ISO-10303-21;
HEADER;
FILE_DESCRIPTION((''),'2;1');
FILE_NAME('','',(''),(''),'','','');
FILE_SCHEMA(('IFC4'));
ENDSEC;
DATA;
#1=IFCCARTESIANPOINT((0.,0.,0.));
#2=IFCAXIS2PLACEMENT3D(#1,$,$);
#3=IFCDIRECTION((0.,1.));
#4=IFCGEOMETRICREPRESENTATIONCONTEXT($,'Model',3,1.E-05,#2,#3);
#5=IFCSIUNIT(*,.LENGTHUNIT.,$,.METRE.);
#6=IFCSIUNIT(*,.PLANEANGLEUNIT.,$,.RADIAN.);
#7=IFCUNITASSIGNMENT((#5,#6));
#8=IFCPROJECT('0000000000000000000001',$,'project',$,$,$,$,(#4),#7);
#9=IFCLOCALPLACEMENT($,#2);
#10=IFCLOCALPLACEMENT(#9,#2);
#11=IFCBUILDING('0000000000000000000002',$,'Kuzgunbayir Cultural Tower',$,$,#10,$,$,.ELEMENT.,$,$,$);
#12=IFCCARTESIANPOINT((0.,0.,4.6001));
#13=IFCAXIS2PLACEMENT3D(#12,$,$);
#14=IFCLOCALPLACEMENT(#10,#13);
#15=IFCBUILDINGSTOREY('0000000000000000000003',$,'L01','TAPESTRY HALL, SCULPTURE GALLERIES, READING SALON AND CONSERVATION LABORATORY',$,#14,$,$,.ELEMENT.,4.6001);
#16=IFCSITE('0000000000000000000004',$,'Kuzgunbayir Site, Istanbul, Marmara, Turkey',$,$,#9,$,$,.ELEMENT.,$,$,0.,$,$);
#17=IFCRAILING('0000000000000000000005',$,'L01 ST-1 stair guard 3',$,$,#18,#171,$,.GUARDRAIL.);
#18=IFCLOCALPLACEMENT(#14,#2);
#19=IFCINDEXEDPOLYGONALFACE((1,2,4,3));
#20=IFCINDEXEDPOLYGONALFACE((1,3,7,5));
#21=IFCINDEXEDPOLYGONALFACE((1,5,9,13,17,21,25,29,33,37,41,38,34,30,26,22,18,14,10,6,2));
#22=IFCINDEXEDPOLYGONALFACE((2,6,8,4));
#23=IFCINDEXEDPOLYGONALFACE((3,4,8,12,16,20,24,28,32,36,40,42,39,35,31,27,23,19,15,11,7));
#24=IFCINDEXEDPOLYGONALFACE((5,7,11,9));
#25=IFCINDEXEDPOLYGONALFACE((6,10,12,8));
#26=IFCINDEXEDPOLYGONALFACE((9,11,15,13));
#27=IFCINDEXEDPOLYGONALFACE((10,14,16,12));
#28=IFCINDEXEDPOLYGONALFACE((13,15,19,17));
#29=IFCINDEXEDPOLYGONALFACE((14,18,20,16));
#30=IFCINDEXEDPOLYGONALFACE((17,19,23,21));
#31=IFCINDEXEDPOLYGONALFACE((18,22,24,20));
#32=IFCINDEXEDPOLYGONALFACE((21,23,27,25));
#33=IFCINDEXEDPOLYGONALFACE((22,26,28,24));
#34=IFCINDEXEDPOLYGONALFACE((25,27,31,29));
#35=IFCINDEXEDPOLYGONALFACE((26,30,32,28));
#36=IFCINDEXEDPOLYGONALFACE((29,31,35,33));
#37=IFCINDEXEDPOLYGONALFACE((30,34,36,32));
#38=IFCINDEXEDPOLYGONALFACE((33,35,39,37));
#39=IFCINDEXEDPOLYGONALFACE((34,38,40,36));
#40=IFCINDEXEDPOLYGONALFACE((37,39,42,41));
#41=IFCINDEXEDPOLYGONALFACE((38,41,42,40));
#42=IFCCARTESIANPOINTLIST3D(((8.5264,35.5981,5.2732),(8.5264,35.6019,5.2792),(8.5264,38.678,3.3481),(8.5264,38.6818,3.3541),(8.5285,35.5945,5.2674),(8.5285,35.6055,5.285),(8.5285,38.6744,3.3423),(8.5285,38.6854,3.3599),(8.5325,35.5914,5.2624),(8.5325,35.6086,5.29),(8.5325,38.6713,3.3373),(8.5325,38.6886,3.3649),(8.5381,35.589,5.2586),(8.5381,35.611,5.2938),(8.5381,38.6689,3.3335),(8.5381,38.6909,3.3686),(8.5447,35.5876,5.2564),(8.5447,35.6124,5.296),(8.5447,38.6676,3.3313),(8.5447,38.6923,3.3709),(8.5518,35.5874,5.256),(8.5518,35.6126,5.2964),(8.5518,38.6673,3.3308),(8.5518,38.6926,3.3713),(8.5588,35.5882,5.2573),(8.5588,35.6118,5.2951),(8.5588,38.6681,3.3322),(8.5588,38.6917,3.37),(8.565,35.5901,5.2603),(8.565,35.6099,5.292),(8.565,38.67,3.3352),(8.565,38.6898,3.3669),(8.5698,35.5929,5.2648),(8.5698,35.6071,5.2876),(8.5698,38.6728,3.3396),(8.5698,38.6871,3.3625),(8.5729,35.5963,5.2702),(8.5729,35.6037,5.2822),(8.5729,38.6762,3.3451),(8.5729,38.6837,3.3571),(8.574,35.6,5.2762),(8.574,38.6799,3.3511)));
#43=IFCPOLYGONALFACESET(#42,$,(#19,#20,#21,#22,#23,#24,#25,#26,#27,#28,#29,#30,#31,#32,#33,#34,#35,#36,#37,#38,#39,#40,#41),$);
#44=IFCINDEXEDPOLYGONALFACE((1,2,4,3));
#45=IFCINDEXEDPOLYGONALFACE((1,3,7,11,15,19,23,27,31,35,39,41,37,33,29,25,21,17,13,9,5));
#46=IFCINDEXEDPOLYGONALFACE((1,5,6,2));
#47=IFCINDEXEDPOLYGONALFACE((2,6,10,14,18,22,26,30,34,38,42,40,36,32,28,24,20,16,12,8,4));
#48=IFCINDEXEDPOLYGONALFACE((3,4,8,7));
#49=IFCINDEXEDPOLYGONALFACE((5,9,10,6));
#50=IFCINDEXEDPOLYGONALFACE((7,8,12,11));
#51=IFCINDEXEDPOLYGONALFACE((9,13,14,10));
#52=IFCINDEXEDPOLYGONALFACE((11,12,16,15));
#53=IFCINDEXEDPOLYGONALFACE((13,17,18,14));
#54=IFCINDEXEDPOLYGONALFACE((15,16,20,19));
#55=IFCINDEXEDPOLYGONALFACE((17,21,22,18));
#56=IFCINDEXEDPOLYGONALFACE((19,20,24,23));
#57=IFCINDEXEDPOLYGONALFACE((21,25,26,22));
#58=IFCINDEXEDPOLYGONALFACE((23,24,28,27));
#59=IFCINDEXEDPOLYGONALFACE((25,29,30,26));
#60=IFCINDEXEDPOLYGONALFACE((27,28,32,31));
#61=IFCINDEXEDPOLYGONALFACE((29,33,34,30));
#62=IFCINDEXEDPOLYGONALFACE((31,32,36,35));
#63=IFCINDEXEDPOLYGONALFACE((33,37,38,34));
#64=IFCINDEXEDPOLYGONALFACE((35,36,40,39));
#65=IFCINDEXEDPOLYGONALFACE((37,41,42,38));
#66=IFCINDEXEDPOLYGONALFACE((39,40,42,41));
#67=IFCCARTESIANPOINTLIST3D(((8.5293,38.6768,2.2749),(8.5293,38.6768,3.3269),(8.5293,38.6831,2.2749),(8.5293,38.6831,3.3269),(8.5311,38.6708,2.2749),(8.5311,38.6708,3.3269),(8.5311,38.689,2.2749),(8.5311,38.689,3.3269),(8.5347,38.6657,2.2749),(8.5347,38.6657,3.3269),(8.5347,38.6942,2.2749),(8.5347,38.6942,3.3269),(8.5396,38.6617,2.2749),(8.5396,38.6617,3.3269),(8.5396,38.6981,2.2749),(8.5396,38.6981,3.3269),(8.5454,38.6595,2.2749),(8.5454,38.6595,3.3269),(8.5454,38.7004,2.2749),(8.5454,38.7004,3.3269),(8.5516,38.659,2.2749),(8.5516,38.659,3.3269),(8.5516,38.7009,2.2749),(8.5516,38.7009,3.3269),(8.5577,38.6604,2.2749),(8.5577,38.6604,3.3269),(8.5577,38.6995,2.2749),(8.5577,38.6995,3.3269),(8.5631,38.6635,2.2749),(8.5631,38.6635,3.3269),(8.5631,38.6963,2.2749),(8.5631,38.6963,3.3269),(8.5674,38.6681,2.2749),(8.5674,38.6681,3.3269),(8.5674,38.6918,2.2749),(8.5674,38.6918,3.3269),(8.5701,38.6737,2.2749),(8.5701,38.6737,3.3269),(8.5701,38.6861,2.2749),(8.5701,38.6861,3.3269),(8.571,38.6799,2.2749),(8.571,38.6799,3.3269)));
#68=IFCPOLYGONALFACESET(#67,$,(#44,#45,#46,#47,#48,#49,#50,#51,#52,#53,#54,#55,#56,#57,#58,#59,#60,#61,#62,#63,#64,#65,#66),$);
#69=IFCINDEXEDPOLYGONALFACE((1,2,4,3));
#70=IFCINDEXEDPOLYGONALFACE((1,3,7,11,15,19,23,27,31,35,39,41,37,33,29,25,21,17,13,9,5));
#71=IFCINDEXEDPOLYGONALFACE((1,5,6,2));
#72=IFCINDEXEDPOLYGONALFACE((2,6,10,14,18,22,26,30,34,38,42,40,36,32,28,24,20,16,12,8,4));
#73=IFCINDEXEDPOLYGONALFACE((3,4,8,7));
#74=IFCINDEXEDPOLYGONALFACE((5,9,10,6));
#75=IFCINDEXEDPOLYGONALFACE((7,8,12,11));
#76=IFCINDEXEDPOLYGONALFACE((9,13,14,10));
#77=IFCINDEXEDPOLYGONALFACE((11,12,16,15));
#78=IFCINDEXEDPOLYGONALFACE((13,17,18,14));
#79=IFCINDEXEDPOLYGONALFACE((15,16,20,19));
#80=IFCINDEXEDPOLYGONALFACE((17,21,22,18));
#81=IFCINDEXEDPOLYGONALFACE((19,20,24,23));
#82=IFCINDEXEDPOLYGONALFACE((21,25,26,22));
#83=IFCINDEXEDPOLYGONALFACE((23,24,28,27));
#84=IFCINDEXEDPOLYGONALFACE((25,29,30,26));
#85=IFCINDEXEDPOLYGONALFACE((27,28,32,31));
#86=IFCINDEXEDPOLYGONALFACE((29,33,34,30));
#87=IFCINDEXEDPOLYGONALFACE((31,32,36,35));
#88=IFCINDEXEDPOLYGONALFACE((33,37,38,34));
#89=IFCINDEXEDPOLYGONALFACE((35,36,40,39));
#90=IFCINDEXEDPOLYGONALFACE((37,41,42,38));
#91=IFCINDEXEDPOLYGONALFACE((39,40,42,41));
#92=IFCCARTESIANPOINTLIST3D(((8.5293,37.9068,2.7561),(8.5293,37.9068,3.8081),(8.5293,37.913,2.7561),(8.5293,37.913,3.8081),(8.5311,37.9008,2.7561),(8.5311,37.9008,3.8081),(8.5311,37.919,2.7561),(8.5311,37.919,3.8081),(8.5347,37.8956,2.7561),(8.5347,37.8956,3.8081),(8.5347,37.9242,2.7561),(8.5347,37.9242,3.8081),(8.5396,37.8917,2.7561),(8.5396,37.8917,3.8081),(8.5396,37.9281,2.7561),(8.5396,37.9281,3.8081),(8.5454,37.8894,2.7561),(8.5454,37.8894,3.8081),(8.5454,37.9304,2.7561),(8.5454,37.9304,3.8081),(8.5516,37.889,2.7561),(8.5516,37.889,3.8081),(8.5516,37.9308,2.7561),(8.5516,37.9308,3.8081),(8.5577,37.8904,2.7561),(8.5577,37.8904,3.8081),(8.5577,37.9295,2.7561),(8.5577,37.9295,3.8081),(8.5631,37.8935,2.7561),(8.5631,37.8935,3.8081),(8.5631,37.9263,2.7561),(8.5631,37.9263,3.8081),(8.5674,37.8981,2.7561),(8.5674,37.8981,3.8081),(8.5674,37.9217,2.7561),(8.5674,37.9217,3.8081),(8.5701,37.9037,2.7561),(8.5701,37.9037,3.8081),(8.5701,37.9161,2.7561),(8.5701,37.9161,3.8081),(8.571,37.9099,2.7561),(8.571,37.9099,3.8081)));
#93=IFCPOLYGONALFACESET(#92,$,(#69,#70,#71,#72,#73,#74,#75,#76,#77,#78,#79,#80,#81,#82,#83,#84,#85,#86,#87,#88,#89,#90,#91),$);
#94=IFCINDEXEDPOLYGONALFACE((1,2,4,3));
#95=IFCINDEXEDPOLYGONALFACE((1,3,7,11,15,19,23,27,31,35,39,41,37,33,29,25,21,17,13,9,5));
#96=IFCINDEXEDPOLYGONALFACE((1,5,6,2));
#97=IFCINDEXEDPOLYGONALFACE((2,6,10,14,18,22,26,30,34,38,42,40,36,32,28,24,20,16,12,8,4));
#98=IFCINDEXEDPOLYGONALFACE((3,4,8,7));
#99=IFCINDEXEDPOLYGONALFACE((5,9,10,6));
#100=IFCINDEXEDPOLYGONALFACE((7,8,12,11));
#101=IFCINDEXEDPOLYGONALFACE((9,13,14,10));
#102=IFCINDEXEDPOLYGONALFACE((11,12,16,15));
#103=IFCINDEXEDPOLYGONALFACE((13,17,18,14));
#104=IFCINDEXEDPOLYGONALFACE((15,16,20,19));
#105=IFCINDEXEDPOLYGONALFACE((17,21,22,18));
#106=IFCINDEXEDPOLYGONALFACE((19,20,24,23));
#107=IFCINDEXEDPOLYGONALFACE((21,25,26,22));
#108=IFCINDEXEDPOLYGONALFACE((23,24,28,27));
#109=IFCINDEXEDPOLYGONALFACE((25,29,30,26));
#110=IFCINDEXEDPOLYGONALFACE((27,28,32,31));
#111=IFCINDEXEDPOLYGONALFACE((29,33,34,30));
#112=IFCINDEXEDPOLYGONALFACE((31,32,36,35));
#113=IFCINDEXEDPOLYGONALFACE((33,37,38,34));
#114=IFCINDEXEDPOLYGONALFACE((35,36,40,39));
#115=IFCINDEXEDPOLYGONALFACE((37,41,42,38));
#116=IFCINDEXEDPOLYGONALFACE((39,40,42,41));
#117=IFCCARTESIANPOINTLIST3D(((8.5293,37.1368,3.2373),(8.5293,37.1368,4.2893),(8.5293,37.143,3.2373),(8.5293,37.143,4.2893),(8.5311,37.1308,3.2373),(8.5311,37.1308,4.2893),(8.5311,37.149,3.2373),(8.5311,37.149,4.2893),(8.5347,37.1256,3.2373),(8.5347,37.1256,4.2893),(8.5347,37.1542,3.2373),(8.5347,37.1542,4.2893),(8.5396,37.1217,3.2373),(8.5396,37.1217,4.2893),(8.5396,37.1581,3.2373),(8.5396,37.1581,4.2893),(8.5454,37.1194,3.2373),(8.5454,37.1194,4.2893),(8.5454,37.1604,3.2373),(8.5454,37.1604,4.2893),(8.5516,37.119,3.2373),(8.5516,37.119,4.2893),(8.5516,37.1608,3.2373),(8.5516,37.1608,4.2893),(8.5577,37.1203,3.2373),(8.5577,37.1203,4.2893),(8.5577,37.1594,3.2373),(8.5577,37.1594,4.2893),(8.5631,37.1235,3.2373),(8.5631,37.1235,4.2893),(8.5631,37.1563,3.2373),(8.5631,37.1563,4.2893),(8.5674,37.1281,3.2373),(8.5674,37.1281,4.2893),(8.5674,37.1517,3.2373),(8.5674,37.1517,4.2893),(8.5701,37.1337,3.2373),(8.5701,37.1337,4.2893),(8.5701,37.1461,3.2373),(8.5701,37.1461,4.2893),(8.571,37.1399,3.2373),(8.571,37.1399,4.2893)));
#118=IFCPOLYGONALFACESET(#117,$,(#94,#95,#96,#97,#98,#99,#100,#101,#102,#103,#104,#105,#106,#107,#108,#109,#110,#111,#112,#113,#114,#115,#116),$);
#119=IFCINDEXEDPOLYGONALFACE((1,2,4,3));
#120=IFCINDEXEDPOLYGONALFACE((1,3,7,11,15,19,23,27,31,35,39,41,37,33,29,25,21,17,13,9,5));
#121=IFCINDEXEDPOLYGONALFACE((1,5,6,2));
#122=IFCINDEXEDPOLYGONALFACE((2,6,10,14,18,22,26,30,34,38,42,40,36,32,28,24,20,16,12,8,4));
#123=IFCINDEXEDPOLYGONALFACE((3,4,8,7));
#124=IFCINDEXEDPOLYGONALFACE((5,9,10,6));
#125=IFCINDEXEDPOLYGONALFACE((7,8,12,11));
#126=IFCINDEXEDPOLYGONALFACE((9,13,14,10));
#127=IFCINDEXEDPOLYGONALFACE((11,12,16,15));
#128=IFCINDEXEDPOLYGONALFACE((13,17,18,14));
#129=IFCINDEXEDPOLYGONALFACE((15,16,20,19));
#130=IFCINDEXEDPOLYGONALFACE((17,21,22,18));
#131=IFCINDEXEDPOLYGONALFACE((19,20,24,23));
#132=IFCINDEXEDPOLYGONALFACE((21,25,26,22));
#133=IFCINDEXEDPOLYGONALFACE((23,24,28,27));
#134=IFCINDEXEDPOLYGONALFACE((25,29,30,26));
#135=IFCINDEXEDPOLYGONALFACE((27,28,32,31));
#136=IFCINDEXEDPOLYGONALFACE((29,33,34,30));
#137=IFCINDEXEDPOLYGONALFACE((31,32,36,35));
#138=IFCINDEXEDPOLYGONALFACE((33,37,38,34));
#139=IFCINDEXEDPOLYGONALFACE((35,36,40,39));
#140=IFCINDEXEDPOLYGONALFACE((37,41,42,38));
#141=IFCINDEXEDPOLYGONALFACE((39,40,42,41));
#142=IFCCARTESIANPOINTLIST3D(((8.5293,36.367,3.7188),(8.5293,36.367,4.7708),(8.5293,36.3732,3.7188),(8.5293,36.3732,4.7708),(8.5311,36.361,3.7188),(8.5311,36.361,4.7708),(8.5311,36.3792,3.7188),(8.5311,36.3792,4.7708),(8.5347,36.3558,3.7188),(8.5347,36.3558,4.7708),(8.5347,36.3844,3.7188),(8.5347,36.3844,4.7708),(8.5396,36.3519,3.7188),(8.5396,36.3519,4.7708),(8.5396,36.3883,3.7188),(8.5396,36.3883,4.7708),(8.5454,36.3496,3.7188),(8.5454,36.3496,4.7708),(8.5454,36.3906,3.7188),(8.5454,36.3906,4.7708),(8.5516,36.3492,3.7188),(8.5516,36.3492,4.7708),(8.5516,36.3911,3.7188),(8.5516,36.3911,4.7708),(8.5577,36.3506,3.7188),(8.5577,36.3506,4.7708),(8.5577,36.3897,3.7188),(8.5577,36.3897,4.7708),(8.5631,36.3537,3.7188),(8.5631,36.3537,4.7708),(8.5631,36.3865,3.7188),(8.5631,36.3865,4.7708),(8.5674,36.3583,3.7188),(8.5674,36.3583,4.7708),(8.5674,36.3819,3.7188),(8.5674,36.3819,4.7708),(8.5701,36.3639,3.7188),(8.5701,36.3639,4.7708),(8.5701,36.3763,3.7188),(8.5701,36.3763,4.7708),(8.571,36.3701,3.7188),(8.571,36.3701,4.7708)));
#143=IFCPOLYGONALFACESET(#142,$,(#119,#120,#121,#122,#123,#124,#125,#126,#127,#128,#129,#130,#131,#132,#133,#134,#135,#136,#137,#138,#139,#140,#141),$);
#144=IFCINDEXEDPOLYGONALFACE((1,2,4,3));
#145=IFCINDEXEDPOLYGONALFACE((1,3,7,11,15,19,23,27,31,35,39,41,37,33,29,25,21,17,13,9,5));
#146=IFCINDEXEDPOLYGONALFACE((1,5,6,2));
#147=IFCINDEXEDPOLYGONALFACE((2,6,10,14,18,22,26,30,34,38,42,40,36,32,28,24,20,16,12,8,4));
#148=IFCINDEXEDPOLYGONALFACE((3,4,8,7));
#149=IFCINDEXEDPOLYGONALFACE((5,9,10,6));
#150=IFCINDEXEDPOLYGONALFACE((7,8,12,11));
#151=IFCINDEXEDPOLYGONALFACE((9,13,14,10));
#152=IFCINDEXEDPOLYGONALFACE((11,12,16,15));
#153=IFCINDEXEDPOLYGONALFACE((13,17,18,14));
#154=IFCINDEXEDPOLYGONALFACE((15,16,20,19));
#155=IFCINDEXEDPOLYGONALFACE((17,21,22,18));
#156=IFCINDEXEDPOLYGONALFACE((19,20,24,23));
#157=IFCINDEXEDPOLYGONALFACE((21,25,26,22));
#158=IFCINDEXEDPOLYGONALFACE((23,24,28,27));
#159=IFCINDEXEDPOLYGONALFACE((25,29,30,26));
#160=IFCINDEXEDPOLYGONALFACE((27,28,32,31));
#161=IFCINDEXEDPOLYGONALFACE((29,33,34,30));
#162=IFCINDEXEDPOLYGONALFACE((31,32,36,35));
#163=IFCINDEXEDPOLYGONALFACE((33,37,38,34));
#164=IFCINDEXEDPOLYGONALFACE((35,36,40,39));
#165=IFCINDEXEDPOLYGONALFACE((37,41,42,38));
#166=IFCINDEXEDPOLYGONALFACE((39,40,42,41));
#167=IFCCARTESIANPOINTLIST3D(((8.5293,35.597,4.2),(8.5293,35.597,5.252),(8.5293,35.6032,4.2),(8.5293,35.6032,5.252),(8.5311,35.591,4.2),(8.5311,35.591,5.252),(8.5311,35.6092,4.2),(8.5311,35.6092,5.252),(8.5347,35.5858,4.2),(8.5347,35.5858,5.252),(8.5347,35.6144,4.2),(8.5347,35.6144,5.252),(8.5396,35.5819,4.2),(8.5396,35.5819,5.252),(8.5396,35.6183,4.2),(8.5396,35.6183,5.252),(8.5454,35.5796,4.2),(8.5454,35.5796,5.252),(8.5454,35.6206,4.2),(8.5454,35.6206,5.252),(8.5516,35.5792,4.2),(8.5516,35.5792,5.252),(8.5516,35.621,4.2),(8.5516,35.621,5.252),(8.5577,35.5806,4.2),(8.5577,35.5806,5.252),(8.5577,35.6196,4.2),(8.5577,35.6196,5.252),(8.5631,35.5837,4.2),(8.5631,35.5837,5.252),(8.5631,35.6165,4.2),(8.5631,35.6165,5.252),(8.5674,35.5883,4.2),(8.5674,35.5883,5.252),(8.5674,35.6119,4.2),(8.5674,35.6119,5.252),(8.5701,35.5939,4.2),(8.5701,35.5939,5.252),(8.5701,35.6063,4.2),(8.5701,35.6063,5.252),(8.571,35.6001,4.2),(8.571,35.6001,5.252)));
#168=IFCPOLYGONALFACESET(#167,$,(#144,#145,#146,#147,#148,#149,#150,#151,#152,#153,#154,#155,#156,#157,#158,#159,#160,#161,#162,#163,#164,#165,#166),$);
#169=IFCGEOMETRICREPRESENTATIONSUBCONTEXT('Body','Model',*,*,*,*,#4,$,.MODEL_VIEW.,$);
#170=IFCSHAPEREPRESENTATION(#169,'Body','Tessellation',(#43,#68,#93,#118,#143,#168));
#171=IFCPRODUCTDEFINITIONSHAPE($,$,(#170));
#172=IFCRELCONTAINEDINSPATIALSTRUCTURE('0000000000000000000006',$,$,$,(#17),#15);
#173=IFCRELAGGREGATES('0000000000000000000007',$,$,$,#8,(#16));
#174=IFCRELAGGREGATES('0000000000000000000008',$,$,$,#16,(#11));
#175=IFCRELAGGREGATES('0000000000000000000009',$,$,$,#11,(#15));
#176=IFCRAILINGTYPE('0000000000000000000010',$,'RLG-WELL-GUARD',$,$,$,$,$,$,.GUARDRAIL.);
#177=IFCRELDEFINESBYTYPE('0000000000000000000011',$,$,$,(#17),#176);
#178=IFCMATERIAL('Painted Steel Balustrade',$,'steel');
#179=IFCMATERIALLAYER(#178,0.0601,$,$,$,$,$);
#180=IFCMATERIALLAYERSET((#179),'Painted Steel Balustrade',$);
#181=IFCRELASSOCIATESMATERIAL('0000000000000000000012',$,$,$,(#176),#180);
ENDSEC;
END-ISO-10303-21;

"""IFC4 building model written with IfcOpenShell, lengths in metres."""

from ifc_helpers import new_model, si_unit, direction, frame, origin, origin_2d, place, context, subcontext, project, spatial, circle, extrude, material, layer, layer_set, type_object, element, save


model = new_model("IFC4")

# Units and contexts
model_context = context("Model", 3, precision=1e-05, world=origin(), true_north=direction((0.0, 1.0)))
body_context = subcontext(model_context, "Body", "Model", "MODEL_VIEW")
ifc_project = project(units=[si_unit("LENGTHUNIT", "METRE"), si_unit("PLANEANGLEUNIT", "RADIAN")], contexts=[model_context])

# Site, building, storey
site_placement = place(None, origin())
site = spatial("IfcSite", under=ifc_project, at=site_placement, Name="Kuzgunbayir Site, Istanbul, Marmara, Turkey", CompositionType="ELEMENT", RefElevation=0.0)
building_placement = place(site_placement, origin())
building = spatial("IfcBuilding", under=site, at=building_placement, Name="Kuzgunbayir Cultural Tower", CompositionType="ELEMENT")
storey_placement = place(building_placement, frame((0.0, 0.0, 4.6001)))
storey = spatial("IfcBuildingStorey", under=building, at=storey_placement, Name="L01", Description="TAPESTRY HALL, SCULPTURE GALLERIES, READING SALON AND CONSERVATION LABORATORY", CompositionType="ELEMENT", Elevation=4.6001)

# Railing
ifc_material_1 = material(Name="Painted Steel Balustrade", Category="steel")
ifc_layer_1 = layer(ifc_material_1, 0.0601)
ifc_layer_set_1 = layer_set([ifc_layer_1], Name="Painted Steel Balustrade")
railing_type_1 = type_object("IfcRailingType", Name="RLG-WELL-GUARD", PredefinedType="GUARDRAIL", material=ifc_layer_set_1)
railing_1_placement = place(storey_placement, frame((8.55, 38.6799, 2.2749)))
element("IfcRailing", 1, at=railing_1_placement, inside=storey, type_object=railing_type_1, Name="L01 ST-1 stair guard 3", PredefinedType="GUARDRAIL", context=body_context, shape_type="SweptSolid", body=[
    extrude(circle(Radius=0.0239, at=origin_2d()), frame((0.0, 0.0, 1.0762), z_axis=(0.0, -0.847979, 0.530029), x_axis=(1.0, 0.0, 0.0)), (0.0, 0.0, 1.0), 3.6321),
    extrude(circle(Radius=0.021, at=origin_2d()), origin(), (0.0, 0.0, 1.0), 1.052),
    extrude(circle(Radius=0.021, at=origin_2d()), frame((0.0, -0.77, 0.4812)), (0.0, 0.0, 1.0), 1.052),
    extrude(circle(Radius=0.021, at=origin_2d()), frame((0.0, -1.54, 0.9624)), (0.0, 0.0, 1.0), 1.052),
    extrude(circle(Radius=0.021, at=origin_2d()), frame((0.0, -2.3098, 1.4438)), (0.0, 0.0, 1.0), 1.052),
    extrude(circle(Radius=0.021, at=origin_2d()), frame((0.0, -3.0798, 1.925)), (0.0, 0.0, 1.0), 1.052),
])

save(model, "model.ifc")
